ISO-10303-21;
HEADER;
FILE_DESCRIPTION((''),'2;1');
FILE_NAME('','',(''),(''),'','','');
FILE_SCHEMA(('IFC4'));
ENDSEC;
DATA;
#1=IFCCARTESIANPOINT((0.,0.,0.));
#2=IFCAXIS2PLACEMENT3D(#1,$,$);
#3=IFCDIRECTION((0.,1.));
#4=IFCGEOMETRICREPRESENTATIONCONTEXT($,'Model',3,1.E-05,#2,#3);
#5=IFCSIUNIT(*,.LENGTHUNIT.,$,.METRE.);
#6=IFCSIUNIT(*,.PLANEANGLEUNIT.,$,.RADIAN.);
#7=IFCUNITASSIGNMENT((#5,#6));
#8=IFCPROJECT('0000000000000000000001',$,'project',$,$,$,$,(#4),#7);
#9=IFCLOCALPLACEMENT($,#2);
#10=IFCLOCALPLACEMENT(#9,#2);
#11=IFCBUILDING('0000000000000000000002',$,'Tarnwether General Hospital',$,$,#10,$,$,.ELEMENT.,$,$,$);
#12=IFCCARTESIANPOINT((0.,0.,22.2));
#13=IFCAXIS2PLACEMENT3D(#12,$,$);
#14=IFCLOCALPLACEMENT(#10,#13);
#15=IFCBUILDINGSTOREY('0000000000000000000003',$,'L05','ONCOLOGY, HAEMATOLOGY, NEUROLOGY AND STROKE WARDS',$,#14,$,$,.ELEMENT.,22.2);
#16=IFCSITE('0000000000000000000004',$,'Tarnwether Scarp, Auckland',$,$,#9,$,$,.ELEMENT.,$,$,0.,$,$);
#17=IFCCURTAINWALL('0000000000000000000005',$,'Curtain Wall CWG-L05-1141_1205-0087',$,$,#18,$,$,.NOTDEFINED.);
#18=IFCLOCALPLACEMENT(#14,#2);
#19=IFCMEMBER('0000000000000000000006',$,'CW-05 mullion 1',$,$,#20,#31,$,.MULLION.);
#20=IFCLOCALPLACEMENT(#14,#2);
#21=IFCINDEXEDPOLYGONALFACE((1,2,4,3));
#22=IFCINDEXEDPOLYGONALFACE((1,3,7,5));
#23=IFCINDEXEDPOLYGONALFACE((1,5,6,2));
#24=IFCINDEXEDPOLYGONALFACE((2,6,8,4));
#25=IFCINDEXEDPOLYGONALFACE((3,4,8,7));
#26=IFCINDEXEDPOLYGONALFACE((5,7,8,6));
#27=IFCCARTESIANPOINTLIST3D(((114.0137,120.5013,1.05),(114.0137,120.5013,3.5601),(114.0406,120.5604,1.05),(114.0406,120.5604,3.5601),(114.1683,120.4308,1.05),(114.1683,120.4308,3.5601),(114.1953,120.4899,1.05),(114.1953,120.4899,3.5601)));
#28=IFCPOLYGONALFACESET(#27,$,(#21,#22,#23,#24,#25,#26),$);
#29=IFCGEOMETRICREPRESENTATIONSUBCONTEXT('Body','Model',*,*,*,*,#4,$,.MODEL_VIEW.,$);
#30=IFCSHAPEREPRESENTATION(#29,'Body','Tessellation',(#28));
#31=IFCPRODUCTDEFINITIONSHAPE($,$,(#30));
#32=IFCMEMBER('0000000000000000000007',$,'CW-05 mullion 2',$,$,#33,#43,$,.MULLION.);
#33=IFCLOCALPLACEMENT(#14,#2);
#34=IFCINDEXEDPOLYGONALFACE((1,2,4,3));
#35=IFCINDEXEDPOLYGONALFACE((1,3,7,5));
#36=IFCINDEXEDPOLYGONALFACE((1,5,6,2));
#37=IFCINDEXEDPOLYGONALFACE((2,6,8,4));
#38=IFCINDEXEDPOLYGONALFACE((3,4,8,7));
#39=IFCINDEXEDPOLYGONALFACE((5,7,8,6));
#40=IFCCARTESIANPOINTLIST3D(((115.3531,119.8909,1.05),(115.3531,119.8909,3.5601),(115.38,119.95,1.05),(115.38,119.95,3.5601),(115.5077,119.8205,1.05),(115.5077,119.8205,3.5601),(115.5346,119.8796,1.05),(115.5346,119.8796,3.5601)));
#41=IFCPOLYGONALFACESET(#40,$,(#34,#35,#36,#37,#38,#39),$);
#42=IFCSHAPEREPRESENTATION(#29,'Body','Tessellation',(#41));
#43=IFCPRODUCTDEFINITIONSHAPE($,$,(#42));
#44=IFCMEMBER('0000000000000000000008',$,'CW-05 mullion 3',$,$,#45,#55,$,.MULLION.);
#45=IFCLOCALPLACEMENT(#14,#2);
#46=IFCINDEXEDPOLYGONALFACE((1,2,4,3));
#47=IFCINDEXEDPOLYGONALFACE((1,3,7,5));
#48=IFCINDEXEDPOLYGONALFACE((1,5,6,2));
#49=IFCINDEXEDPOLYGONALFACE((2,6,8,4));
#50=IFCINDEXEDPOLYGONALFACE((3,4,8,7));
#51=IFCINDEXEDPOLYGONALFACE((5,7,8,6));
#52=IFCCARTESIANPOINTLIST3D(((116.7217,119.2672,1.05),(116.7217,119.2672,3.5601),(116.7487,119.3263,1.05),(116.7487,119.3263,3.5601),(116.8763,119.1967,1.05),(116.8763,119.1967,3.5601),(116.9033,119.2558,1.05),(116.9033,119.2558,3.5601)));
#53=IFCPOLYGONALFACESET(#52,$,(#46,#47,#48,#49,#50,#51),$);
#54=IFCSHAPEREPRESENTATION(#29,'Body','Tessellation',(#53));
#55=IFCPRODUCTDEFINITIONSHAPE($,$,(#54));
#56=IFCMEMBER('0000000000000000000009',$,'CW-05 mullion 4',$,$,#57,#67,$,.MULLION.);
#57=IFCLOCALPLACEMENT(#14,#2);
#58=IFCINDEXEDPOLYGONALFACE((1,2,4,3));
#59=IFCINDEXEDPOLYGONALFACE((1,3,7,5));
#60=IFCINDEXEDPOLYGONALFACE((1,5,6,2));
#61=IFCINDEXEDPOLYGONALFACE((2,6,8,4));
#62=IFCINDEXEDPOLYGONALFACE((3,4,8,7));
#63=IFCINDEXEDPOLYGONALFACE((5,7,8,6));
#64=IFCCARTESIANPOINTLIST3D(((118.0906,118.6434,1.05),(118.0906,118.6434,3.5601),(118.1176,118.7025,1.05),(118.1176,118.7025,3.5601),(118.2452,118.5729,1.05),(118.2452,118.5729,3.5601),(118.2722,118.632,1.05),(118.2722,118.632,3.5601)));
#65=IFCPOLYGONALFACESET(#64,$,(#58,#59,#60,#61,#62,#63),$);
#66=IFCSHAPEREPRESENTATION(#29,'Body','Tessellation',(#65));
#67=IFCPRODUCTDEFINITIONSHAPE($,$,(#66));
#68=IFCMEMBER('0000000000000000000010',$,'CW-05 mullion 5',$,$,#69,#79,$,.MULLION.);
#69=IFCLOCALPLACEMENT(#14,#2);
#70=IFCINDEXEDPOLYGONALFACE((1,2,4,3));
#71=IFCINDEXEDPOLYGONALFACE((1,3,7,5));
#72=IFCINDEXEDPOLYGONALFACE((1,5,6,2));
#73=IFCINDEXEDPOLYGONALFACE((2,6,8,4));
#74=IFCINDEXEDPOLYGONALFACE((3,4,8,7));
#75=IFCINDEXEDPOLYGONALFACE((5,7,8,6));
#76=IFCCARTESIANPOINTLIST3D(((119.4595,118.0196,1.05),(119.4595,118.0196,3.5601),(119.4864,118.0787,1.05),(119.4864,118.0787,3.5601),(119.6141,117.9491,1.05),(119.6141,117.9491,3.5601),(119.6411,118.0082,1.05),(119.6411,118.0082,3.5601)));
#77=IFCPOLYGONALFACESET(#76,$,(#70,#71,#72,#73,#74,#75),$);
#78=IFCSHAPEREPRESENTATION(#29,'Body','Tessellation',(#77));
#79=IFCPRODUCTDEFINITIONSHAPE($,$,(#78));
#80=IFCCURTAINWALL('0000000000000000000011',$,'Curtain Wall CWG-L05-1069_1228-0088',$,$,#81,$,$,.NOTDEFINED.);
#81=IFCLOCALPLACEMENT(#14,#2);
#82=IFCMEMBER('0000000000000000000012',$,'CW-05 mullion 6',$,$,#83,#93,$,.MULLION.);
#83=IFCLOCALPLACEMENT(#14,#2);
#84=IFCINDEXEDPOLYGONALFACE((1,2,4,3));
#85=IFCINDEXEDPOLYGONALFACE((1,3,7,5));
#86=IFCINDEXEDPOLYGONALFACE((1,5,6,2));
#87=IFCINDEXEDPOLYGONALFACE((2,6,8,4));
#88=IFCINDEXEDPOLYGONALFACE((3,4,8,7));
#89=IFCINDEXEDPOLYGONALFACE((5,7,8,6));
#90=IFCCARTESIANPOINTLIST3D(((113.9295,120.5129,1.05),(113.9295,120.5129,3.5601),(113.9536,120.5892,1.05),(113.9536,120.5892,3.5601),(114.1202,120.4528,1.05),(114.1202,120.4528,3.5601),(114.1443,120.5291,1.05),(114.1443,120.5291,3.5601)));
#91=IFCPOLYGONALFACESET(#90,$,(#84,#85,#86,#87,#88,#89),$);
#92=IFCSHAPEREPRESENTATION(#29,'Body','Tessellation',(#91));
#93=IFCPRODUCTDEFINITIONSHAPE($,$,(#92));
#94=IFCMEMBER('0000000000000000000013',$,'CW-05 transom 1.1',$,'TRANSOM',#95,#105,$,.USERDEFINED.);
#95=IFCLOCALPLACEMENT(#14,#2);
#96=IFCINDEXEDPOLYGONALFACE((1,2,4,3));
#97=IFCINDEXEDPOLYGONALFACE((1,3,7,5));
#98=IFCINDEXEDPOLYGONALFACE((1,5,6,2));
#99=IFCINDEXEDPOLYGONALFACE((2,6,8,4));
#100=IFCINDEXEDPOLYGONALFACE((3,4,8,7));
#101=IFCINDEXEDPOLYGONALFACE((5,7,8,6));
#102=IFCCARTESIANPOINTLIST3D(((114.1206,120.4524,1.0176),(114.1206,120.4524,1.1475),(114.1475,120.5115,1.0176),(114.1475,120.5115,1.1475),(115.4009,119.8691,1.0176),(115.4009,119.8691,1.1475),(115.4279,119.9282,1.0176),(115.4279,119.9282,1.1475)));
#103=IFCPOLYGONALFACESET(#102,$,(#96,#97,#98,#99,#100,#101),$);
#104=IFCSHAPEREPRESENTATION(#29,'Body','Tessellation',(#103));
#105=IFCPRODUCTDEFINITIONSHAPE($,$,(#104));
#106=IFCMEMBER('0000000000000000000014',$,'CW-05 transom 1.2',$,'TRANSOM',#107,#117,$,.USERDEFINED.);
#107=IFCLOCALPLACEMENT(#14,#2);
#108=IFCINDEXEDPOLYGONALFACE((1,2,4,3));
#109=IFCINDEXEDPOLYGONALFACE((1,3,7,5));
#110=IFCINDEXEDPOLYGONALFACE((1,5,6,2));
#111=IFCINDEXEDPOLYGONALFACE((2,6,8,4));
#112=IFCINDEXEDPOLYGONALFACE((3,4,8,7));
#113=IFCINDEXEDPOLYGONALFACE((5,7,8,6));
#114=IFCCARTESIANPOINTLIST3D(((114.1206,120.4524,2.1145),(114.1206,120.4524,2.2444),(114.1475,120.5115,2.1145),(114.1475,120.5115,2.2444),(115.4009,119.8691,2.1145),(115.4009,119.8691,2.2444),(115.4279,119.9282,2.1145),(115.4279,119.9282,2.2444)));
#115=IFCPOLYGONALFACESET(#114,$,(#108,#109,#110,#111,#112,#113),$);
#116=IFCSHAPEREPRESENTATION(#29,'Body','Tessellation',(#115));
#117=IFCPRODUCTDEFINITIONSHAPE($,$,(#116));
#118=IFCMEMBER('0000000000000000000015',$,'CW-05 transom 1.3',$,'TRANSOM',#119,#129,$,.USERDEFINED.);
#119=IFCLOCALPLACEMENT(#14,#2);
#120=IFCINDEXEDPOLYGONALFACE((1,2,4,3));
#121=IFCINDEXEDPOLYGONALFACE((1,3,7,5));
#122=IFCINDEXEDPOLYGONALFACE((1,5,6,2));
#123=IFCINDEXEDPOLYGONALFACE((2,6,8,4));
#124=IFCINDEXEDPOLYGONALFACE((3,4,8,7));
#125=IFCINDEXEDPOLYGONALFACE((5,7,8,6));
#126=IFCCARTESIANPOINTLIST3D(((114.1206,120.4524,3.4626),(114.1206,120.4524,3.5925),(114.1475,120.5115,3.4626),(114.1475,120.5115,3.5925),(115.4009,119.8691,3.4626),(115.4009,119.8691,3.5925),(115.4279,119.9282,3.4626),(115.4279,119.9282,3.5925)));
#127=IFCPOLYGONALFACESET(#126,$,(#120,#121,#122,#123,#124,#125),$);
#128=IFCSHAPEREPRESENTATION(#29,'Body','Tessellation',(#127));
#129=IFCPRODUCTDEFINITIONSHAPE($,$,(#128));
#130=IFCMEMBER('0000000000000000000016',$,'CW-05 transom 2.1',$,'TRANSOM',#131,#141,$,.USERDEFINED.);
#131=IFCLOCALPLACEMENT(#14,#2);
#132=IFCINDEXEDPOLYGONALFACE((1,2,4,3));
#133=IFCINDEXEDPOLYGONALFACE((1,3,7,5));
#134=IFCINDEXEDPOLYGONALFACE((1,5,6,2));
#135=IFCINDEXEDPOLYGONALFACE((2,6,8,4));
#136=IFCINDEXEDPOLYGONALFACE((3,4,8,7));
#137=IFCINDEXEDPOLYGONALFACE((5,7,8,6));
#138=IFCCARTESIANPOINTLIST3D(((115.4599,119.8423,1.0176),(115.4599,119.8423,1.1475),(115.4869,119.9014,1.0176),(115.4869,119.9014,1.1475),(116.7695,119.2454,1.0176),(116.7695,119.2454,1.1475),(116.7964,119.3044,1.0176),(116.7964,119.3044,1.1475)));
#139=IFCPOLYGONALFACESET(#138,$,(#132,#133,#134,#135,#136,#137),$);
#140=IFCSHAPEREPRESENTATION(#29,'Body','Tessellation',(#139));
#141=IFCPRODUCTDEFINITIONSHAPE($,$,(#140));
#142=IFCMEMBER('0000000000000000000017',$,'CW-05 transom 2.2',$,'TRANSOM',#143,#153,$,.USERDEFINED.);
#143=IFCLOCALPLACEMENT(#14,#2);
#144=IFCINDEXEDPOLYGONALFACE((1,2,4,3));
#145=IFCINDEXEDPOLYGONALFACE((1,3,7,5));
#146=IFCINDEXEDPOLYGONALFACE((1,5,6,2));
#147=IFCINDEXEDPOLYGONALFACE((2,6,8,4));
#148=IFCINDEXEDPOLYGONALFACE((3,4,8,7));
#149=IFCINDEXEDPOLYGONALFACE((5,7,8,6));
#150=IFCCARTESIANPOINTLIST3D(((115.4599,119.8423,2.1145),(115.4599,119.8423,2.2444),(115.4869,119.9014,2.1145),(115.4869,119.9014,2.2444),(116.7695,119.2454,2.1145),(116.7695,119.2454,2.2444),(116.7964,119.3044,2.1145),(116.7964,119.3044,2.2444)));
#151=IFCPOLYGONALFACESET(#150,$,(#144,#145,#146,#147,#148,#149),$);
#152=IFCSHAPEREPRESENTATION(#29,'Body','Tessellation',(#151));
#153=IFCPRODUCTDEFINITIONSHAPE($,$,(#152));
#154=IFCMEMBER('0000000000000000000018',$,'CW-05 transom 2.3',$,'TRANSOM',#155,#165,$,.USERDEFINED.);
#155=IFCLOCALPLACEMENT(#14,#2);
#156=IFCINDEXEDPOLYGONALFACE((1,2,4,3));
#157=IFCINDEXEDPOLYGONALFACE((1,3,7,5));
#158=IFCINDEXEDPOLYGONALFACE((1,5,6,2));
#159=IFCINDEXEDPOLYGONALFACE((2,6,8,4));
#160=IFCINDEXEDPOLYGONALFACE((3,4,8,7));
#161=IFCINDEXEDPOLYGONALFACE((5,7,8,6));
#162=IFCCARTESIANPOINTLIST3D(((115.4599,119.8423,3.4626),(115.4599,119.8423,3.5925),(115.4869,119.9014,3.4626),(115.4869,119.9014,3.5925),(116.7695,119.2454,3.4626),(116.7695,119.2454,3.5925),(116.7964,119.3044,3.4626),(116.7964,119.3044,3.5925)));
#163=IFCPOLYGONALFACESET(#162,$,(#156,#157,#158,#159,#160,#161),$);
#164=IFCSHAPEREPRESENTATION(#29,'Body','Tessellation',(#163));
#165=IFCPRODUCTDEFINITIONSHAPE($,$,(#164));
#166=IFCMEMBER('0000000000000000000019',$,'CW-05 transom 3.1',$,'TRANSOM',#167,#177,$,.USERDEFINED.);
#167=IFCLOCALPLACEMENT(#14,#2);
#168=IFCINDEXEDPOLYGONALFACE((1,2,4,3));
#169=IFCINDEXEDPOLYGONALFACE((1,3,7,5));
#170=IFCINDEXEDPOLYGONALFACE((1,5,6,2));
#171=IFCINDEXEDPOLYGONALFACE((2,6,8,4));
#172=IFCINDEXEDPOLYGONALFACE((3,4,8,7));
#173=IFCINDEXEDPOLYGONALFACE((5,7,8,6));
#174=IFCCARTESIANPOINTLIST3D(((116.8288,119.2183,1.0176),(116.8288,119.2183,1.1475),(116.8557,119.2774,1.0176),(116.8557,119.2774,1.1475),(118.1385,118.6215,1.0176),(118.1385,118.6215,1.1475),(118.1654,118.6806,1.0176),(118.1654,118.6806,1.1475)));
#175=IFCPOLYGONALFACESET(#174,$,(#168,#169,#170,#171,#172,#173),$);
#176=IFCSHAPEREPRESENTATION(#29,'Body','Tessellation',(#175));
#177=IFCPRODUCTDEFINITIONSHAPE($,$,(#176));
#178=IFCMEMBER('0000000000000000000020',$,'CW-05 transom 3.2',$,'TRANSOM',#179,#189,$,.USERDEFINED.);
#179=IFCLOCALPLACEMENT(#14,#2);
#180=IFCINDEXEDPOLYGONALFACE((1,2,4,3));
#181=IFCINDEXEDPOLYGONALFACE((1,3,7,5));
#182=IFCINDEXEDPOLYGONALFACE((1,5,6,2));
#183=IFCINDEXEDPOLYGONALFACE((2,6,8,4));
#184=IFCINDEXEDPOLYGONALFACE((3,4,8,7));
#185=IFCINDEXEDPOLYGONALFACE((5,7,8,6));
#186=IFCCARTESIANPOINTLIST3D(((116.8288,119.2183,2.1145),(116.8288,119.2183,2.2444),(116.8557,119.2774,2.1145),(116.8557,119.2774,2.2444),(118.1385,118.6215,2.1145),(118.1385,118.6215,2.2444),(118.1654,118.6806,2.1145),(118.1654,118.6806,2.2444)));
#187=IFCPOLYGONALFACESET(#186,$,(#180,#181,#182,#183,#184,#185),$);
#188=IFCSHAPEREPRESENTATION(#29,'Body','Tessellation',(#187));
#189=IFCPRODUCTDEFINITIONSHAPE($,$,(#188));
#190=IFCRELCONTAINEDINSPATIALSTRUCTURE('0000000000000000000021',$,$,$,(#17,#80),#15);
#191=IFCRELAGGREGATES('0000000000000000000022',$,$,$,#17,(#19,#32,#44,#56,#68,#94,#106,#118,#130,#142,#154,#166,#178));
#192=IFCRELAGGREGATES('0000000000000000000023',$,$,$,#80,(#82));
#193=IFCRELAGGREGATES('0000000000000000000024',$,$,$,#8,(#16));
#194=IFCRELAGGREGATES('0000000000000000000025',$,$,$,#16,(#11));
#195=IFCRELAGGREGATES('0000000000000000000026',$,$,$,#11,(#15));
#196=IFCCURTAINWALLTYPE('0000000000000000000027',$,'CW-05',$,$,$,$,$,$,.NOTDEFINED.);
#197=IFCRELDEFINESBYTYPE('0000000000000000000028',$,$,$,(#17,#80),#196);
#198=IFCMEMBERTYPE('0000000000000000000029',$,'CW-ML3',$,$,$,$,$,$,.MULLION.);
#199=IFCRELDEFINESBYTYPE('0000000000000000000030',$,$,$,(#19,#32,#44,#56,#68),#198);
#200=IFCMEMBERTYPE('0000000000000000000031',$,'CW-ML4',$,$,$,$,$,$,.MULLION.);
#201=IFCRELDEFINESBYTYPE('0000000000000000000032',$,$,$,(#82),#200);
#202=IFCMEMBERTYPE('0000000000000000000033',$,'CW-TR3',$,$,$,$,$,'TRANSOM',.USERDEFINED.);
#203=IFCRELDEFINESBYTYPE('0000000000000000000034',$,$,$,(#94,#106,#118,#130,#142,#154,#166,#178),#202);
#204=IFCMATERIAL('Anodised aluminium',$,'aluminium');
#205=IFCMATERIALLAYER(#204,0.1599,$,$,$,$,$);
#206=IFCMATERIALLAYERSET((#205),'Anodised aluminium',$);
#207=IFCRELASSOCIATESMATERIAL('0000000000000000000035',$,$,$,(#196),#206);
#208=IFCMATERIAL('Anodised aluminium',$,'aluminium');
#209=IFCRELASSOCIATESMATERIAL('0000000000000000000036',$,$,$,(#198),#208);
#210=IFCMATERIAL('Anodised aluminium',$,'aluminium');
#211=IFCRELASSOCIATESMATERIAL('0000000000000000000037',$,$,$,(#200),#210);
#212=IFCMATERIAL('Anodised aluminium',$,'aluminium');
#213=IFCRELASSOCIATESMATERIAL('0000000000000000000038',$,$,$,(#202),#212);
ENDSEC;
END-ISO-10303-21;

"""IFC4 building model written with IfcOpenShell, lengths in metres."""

from ifc_helpers import new_model, si_unit, direction, frame, origin, origin_2d, place, context, subcontext, project, spatial, rectangle, extrude, material, layer, layer_set, material_profile, profile_set, type_object, element, aggregate, save


model = new_model("IFC4")

# Units and contexts
model_context = context("Model", 3, precision=1e-05, world=origin(), true_north=direction((0.0, 1.0)))
body_context = subcontext(model_context, "Body", "Model", "MODEL_VIEW")
ifc_project = project(units=[si_unit("LENGTHUNIT", "METRE"), si_unit("PLANEANGLEUNIT", "RADIAN")], contexts=[model_context])

# Site, building, storey
site_placement = place(None, origin())
site = spatial("IfcSite", under=ifc_project, at=site_placement, Name="Tarnwether Scarp, Auckland", CompositionType="ELEMENT", RefElevation=0.0)
building_placement = place(site_placement, origin())
building = spatial("IfcBuilding", under=site, at=building_placement, Name="Tarnwether General Hospital", CompositionType="ELEMENT")
storey_placement = place(building_placement, frame((0.0, 0.0, 22.2)))
storey = spatial("IfcBuildingStorey", under=building, at=storey_placement, Name="L05", Description="ONCOLOGY, HAEMATOLOGY, NEUROLOGY AND STROKE WARDS", CompositionType="ELEMENT", Elevation=22.2)

# Curtain wall, members
ifc_material_1 = material(Name="Anodised aluminium", Category="aluminium")
ifc_layer_1 = layer(ifc_material_1, 0.1599)
ifc_layer_set_1 = layer_set([ifc_layer_1], Name="Anodised aluminium")
curtain_wall_type = type_object("IfcCurtainWallType", Name="CW-05", PredefinedType="NOTDEFINED", material=ifc_layer_set_1)
curtain_wall_1_placement = place(storey_placement, origin())
curtain_wall_1 = element("IfcCurtainWall", 1, at=curtain_wall_1_placement, inside=storey, type_object=curtain_wall_type, Name="Curtain Wall CWG-L05-1141_1205-0087", PredefinedType="NOTDEFINED")
ifc_material_2 = material(Name="Anodised aluminium", Category="aluminium")
ifc_material_profile_1 = material_profile(ifc_material_2, rectangle(XDim=0.0649, YDim=0.1699, at=origin_2d()), Name="ALU-MUL-65x170")
ifc_profile_set_1 = profile_set([ifc_material_profile_1], Name="Anodised aluminium")
member_type_1 = type_object("IfcMemberType", Name="CW-ML3", PredefinedType="MULLION", material=ifc_profile_set_1)
member_1_placement = place(storey_placement, frame((114.1045, 120.4956, 1.05), z_axis=(0.0, 0.0, 1.0), x_axis=(0.414694, 0.909961, 0.0)))
member_1 = element("IfcMember", 2, at=member_1_placement, type_object=member_type_1, Name="CW-05 mullion 1", PredefinedType="MULLION", context=body_context, shape_type="SweptSolid", body=[
    extrude(rectangle(XDim=0.0649, YDim=0.1699, at=origin_2d()), origin(), (0.0, 0.0, 1.0), 2.51),
])
member_2_placement = place(storey_placement, frame((115.4438, 119.8853, 1.05), z_axis=(0.0, 0.0, 1.0), x_axis=(0.414694, 0.909961, 0.0)))
member_2 = element("IfcMember", 3, at=member_2_placement, type_object=member_type_1, Name="CW-05 mullion 2", PredefinedType="MULLION", context=body_context, shape_type="SweptSolid", body=[
    extrude(rectangle(XDim=0.0649, YDim=0.1699, at=origin_2d()), origin(), (0.0, 0.0, 1.0), 2.51),
])
member_3_placement = place(storey_placement, frame((116.8125, 119.2615, 1.05), z_axis=(0.0, 0.0, 1.0), x_axis=(0.414694, 0.909961, 0.0)))
member_3 = element("IfcMember", 4, at=member_3_placement, type_object=member_type_1, Name="CW-05 mullion 3", PredefinedType="MULLION", context=body_context, shape_type="SweptSolid", body=[
    extrude(rectangle(XDim=0.0649, YDim=0.1699, at=origin_2d()), origin(), (0.0, 0.0, 1.0), 2.51),
])
member_4_placement = place(storey_placement, frame((118.1814, 118.6377, 1.05), z_axis=(0.0, 0.0, 1.0), x_axis=(0.414694, 0.909961, 0.0)))
member_4 = element("IfcMember", 5, at=member_4_placement, type_object=member_type_1, Name="CW-05 mullion 4", PredefinedType="MULLION", context=body_context, shape_type="SweptSolid", body=[
    extrude(rectangle(XDim=0.0649, YDim=0.1699, at=origin_2d()), origin(), (0.0, 0.0, 1.0), 2.51),
])
member_5_placement = place(storey_placement, frame((119.5503, 118.0139, 1.05), z_axis=(0.0, 0.0, 1.0), x_axis=(0.414694, 0.909961, 0.0)))
member_5 = element("IfcMember", 6, at=member_5_placement, type_object=member_type_1, Name="CW-05 mullion 5", PredefinedType="MULLION", context=body_context, shape_type="SweptSolid", body=[
    extrude(rectangle(XDim=0.0649, YDim=0.1699, at=origin_2d()), origin(), (0.0, 0.0, 1.0), 2.51),
])

# Curtain wall, member
curtain_wall_2_placement = place(storey_placement, origin())
curtain_wall_2 = element("IfcCurtainWall", 7, at=curtain_wall_2_placement, inside=storey, type_object=curtain_wall_type, Name="Curtain Wall CWG-L05-1069_1228-0088", PredefinedType="NOTDEFINED")
ifc_material_3 = material(Name="Anodised aluminium", Category="aluminium")
ifc_material_profile_2 = material_profile(ifc_material_3, rectangle(XDim=0.0801, YDim=0.2, at=origin_2d()), Name="ALU-MUL-80x200")
ifc_profile_set_2 = profile_set([ifc_material_profile_2], Name="Anodised aluminium")
member_type_2 = type_object("IfcMemberType", Name="CW-ML4", PredefinedType="MULLION", material=ifc_profile_set_2)
member_6_placement = place(storey_placement, frame((114.0369, 120.521, 1.05), z_axis=(0.0, 0.0, 1.0), x_axis=(0.300629, 0.953741, 0.0)))
member_6 = element("IfcMember", 8, at=member_6_placement, type_object=member_type_2, Name="CW-05 mullion 6", PredefinedType="MULLION", context=body_context, shape_type="SweptSolid", body=[
    extrude(rectangle(XDim=0.0801, YDim=0.2, at=origin_2d()), origin(), (0.0, 0.0, 1.0), 2.51),
])

# Members
ifc_material_4 = material(Name="Anodised aluminium", Category="aluminium")
ifc_material_profile_3 = material_profile(ifc_material_4, rectangle(XDim=0.0649, YDim=0.1299, at=origin_2d()), Name="ALU-TRN-65x130")
ifc_profile_set_3 = profile_set([ifc_material_profile_3], Name="Anodised aluminium")
member_type_3 = type_object("IfcMemberType", Name="CW-TR3", ElementType="TRANSOM", PredefinedType="USERDEFINED", material=ifc_profile_set_3)
member_7_placement = place(storey_placement, frame((114.134, 120.4819, 1.0825), z_axis=(0.910016, -0.414574, 0.0), x_axis=(0.414574, 0.910016, 0.0)))
member_7 = element("IfcMember", 9, at=member_7_placement, type_object=member_type_3, Name="CW-05 transom 1.1", ObjectType="TRANSOM", PredefinedType="USERDEFINED", context=body_context, shape_type="SweptSolid", body=[
    extrude(rectangle(XDim=0.0649, YDim=0.1299, at=origin_2d()), origin(), (0.0, 0.0, 1.0), 1.407),
])
member_8_placement = place(storey_placement, frame((114.134, 120.4819, 2.1794), z_axis=(0.910016, -0.414574, 0.0), x_axis=(0.414574, 0.910016, 0.0)))
member_8 = element("IfcMember", 10, at=member_8_placement, type_object=member_type_3, Name="CW-05 transom 1.2", ObjectType="TRANSOM", PredefinedType="USERDEFINED", context=body_context, shape_type="SweptSolid", body=[
    extrude(rectangle(XDim=0.0649, YDim=0.1299, at=origin_2d()), origin(), (0.0, 0.0, 1.0), 1.407),
])
member_9_placement = place(storey_placement, frame((114.134, 120.4819, 3.5276), z_axis=(0.910016, -0.414574, 0.0), x_axis=(0.414574, 0.910016, 0.0)))
member_9 = element("IfcMember", 11, at=member_9_placement, type_object=member_type_3, Name="CW-05 transom 1.3", ObjectType="TRANSOM", PredefinedType="USERDEFINED", context=body_context, shape_type="SweptSolid", body=[
    extrude(rectangle(XDim=0.0649, YDim=0.1299, at=origin_2d()), origin(), (0.0, 0.0, 1.0), 1.407),
])
member_10_placement = place(storey_placement, frame((115.4734, 119.8718, 1.0825), z_axis=(0.90993, -0.414761, 0.0), x_axis=(0.414761, 0.90993, 0.0)))
member_10 = element("IfcMember", 12, at=member_10_placement, type_object=member_type_3, Name="CW-05 transom 2.1", ObjectType="TRANSOM", PredefinedType="USERDEFINED", context=body_context, shape_type="SweptSolid", body=[
    extrude(rectangle(XDim=0.0649, YDim=0.1299, at=origin_2d()), origin(), (0.0, 0.0, 1.0), 1.4392),
])
member_11_placement = place(storey_placement, frame((115.4734, 119.8718, 2.1794), z_axis=(0.90993, -0.414761, 0.0), x_axis=(0.414761, 0.90993, 0.0)))
member_11 = element("IfcMember", 13, at=member_11_placement, type_object=member_type_3, Name="CW-05 transom 2.2", ObjectType="TRANSOM", PredefinedType="USERDEFINED", context=body_context, shape_type="SweptSolid", body=[
    extrude(rectangle(XDim=0.0649, YDim=0.1299, at=origin_2d()), origin(), (0.0, 0.0, 1.0), 1.4392),
])
member_12_placement = place(storey_placement, frame((115.4734, 119.8718, 3.5276), z_axis=(0.90993, -0.414761, 0.0), x_axis=(0.414761, 0.90993, 0.0)))
member_12 = element("IfcMember", 14, at=member_12_placement, type_object=member_type_3, Name="CW-05 transom 2.3", ObjectType="TRANSOM", PredefinedType="USERDEFINED", context=body_context, shape_type="SweptSolid", body=[
    extrude(rectangle(XDim=0.0649, YDim=0.1299, at=origin_2d()), origin(), (0.0, 0.0, 1.0), 1.4392),
])
member_13_placement = place(storey_placement, frame((116.8423, 119.2478, 1.0825), z_axis=(0.909994, -0.414621, 0.0), x_axis=(0.414621, 0.909994, 0.0)))
member_13 = element("IfcMember", 15, at=member_13_placement, type_object=member_type_3, Name="CW-05 transom 3.1", ObjectType="TRANSOM", PredefinedType="USERDEFINED", context=body_context, shape_type="SweptSolid", body=[
    extrude(rectangle(XDim=0.0649, YDim=0.1299, at=origin_2d()), origin(), (0.0, 0.0, 1.0), 1.4392),
])
member_14_placement = place(storey_placement, frame((116.8423, 119.2478, 2.1794), z_axis=(0.909994, -0.414621, 0.0), x_axis=(0.414621, 0.909994, 0.0)))
member_14 = element("IfcMember", 16, at=member_14_placement, type_object=member_type_3, Name="CW-05 transom 3.2", ObjectType="TRANSOM", PredefinedType="USERDEFINED", context=body_context, shape_type="SweptSolid", body=[
    extrude(rectangle(XDim=0.0649, YDim=0.1299, at=origin_2d()), origin(), (0.0, 0.0, 1.0), 1.4392),
])

aggregate(curtain_wall_1, [member_1, member_2, member_3, member_4, member_5, member_7, member_8, member_9, member_10, member_11, member_12, member_13, member_14])
aggregate(curtain_wall_2, [member_6])

save(model, "model.ifc")
